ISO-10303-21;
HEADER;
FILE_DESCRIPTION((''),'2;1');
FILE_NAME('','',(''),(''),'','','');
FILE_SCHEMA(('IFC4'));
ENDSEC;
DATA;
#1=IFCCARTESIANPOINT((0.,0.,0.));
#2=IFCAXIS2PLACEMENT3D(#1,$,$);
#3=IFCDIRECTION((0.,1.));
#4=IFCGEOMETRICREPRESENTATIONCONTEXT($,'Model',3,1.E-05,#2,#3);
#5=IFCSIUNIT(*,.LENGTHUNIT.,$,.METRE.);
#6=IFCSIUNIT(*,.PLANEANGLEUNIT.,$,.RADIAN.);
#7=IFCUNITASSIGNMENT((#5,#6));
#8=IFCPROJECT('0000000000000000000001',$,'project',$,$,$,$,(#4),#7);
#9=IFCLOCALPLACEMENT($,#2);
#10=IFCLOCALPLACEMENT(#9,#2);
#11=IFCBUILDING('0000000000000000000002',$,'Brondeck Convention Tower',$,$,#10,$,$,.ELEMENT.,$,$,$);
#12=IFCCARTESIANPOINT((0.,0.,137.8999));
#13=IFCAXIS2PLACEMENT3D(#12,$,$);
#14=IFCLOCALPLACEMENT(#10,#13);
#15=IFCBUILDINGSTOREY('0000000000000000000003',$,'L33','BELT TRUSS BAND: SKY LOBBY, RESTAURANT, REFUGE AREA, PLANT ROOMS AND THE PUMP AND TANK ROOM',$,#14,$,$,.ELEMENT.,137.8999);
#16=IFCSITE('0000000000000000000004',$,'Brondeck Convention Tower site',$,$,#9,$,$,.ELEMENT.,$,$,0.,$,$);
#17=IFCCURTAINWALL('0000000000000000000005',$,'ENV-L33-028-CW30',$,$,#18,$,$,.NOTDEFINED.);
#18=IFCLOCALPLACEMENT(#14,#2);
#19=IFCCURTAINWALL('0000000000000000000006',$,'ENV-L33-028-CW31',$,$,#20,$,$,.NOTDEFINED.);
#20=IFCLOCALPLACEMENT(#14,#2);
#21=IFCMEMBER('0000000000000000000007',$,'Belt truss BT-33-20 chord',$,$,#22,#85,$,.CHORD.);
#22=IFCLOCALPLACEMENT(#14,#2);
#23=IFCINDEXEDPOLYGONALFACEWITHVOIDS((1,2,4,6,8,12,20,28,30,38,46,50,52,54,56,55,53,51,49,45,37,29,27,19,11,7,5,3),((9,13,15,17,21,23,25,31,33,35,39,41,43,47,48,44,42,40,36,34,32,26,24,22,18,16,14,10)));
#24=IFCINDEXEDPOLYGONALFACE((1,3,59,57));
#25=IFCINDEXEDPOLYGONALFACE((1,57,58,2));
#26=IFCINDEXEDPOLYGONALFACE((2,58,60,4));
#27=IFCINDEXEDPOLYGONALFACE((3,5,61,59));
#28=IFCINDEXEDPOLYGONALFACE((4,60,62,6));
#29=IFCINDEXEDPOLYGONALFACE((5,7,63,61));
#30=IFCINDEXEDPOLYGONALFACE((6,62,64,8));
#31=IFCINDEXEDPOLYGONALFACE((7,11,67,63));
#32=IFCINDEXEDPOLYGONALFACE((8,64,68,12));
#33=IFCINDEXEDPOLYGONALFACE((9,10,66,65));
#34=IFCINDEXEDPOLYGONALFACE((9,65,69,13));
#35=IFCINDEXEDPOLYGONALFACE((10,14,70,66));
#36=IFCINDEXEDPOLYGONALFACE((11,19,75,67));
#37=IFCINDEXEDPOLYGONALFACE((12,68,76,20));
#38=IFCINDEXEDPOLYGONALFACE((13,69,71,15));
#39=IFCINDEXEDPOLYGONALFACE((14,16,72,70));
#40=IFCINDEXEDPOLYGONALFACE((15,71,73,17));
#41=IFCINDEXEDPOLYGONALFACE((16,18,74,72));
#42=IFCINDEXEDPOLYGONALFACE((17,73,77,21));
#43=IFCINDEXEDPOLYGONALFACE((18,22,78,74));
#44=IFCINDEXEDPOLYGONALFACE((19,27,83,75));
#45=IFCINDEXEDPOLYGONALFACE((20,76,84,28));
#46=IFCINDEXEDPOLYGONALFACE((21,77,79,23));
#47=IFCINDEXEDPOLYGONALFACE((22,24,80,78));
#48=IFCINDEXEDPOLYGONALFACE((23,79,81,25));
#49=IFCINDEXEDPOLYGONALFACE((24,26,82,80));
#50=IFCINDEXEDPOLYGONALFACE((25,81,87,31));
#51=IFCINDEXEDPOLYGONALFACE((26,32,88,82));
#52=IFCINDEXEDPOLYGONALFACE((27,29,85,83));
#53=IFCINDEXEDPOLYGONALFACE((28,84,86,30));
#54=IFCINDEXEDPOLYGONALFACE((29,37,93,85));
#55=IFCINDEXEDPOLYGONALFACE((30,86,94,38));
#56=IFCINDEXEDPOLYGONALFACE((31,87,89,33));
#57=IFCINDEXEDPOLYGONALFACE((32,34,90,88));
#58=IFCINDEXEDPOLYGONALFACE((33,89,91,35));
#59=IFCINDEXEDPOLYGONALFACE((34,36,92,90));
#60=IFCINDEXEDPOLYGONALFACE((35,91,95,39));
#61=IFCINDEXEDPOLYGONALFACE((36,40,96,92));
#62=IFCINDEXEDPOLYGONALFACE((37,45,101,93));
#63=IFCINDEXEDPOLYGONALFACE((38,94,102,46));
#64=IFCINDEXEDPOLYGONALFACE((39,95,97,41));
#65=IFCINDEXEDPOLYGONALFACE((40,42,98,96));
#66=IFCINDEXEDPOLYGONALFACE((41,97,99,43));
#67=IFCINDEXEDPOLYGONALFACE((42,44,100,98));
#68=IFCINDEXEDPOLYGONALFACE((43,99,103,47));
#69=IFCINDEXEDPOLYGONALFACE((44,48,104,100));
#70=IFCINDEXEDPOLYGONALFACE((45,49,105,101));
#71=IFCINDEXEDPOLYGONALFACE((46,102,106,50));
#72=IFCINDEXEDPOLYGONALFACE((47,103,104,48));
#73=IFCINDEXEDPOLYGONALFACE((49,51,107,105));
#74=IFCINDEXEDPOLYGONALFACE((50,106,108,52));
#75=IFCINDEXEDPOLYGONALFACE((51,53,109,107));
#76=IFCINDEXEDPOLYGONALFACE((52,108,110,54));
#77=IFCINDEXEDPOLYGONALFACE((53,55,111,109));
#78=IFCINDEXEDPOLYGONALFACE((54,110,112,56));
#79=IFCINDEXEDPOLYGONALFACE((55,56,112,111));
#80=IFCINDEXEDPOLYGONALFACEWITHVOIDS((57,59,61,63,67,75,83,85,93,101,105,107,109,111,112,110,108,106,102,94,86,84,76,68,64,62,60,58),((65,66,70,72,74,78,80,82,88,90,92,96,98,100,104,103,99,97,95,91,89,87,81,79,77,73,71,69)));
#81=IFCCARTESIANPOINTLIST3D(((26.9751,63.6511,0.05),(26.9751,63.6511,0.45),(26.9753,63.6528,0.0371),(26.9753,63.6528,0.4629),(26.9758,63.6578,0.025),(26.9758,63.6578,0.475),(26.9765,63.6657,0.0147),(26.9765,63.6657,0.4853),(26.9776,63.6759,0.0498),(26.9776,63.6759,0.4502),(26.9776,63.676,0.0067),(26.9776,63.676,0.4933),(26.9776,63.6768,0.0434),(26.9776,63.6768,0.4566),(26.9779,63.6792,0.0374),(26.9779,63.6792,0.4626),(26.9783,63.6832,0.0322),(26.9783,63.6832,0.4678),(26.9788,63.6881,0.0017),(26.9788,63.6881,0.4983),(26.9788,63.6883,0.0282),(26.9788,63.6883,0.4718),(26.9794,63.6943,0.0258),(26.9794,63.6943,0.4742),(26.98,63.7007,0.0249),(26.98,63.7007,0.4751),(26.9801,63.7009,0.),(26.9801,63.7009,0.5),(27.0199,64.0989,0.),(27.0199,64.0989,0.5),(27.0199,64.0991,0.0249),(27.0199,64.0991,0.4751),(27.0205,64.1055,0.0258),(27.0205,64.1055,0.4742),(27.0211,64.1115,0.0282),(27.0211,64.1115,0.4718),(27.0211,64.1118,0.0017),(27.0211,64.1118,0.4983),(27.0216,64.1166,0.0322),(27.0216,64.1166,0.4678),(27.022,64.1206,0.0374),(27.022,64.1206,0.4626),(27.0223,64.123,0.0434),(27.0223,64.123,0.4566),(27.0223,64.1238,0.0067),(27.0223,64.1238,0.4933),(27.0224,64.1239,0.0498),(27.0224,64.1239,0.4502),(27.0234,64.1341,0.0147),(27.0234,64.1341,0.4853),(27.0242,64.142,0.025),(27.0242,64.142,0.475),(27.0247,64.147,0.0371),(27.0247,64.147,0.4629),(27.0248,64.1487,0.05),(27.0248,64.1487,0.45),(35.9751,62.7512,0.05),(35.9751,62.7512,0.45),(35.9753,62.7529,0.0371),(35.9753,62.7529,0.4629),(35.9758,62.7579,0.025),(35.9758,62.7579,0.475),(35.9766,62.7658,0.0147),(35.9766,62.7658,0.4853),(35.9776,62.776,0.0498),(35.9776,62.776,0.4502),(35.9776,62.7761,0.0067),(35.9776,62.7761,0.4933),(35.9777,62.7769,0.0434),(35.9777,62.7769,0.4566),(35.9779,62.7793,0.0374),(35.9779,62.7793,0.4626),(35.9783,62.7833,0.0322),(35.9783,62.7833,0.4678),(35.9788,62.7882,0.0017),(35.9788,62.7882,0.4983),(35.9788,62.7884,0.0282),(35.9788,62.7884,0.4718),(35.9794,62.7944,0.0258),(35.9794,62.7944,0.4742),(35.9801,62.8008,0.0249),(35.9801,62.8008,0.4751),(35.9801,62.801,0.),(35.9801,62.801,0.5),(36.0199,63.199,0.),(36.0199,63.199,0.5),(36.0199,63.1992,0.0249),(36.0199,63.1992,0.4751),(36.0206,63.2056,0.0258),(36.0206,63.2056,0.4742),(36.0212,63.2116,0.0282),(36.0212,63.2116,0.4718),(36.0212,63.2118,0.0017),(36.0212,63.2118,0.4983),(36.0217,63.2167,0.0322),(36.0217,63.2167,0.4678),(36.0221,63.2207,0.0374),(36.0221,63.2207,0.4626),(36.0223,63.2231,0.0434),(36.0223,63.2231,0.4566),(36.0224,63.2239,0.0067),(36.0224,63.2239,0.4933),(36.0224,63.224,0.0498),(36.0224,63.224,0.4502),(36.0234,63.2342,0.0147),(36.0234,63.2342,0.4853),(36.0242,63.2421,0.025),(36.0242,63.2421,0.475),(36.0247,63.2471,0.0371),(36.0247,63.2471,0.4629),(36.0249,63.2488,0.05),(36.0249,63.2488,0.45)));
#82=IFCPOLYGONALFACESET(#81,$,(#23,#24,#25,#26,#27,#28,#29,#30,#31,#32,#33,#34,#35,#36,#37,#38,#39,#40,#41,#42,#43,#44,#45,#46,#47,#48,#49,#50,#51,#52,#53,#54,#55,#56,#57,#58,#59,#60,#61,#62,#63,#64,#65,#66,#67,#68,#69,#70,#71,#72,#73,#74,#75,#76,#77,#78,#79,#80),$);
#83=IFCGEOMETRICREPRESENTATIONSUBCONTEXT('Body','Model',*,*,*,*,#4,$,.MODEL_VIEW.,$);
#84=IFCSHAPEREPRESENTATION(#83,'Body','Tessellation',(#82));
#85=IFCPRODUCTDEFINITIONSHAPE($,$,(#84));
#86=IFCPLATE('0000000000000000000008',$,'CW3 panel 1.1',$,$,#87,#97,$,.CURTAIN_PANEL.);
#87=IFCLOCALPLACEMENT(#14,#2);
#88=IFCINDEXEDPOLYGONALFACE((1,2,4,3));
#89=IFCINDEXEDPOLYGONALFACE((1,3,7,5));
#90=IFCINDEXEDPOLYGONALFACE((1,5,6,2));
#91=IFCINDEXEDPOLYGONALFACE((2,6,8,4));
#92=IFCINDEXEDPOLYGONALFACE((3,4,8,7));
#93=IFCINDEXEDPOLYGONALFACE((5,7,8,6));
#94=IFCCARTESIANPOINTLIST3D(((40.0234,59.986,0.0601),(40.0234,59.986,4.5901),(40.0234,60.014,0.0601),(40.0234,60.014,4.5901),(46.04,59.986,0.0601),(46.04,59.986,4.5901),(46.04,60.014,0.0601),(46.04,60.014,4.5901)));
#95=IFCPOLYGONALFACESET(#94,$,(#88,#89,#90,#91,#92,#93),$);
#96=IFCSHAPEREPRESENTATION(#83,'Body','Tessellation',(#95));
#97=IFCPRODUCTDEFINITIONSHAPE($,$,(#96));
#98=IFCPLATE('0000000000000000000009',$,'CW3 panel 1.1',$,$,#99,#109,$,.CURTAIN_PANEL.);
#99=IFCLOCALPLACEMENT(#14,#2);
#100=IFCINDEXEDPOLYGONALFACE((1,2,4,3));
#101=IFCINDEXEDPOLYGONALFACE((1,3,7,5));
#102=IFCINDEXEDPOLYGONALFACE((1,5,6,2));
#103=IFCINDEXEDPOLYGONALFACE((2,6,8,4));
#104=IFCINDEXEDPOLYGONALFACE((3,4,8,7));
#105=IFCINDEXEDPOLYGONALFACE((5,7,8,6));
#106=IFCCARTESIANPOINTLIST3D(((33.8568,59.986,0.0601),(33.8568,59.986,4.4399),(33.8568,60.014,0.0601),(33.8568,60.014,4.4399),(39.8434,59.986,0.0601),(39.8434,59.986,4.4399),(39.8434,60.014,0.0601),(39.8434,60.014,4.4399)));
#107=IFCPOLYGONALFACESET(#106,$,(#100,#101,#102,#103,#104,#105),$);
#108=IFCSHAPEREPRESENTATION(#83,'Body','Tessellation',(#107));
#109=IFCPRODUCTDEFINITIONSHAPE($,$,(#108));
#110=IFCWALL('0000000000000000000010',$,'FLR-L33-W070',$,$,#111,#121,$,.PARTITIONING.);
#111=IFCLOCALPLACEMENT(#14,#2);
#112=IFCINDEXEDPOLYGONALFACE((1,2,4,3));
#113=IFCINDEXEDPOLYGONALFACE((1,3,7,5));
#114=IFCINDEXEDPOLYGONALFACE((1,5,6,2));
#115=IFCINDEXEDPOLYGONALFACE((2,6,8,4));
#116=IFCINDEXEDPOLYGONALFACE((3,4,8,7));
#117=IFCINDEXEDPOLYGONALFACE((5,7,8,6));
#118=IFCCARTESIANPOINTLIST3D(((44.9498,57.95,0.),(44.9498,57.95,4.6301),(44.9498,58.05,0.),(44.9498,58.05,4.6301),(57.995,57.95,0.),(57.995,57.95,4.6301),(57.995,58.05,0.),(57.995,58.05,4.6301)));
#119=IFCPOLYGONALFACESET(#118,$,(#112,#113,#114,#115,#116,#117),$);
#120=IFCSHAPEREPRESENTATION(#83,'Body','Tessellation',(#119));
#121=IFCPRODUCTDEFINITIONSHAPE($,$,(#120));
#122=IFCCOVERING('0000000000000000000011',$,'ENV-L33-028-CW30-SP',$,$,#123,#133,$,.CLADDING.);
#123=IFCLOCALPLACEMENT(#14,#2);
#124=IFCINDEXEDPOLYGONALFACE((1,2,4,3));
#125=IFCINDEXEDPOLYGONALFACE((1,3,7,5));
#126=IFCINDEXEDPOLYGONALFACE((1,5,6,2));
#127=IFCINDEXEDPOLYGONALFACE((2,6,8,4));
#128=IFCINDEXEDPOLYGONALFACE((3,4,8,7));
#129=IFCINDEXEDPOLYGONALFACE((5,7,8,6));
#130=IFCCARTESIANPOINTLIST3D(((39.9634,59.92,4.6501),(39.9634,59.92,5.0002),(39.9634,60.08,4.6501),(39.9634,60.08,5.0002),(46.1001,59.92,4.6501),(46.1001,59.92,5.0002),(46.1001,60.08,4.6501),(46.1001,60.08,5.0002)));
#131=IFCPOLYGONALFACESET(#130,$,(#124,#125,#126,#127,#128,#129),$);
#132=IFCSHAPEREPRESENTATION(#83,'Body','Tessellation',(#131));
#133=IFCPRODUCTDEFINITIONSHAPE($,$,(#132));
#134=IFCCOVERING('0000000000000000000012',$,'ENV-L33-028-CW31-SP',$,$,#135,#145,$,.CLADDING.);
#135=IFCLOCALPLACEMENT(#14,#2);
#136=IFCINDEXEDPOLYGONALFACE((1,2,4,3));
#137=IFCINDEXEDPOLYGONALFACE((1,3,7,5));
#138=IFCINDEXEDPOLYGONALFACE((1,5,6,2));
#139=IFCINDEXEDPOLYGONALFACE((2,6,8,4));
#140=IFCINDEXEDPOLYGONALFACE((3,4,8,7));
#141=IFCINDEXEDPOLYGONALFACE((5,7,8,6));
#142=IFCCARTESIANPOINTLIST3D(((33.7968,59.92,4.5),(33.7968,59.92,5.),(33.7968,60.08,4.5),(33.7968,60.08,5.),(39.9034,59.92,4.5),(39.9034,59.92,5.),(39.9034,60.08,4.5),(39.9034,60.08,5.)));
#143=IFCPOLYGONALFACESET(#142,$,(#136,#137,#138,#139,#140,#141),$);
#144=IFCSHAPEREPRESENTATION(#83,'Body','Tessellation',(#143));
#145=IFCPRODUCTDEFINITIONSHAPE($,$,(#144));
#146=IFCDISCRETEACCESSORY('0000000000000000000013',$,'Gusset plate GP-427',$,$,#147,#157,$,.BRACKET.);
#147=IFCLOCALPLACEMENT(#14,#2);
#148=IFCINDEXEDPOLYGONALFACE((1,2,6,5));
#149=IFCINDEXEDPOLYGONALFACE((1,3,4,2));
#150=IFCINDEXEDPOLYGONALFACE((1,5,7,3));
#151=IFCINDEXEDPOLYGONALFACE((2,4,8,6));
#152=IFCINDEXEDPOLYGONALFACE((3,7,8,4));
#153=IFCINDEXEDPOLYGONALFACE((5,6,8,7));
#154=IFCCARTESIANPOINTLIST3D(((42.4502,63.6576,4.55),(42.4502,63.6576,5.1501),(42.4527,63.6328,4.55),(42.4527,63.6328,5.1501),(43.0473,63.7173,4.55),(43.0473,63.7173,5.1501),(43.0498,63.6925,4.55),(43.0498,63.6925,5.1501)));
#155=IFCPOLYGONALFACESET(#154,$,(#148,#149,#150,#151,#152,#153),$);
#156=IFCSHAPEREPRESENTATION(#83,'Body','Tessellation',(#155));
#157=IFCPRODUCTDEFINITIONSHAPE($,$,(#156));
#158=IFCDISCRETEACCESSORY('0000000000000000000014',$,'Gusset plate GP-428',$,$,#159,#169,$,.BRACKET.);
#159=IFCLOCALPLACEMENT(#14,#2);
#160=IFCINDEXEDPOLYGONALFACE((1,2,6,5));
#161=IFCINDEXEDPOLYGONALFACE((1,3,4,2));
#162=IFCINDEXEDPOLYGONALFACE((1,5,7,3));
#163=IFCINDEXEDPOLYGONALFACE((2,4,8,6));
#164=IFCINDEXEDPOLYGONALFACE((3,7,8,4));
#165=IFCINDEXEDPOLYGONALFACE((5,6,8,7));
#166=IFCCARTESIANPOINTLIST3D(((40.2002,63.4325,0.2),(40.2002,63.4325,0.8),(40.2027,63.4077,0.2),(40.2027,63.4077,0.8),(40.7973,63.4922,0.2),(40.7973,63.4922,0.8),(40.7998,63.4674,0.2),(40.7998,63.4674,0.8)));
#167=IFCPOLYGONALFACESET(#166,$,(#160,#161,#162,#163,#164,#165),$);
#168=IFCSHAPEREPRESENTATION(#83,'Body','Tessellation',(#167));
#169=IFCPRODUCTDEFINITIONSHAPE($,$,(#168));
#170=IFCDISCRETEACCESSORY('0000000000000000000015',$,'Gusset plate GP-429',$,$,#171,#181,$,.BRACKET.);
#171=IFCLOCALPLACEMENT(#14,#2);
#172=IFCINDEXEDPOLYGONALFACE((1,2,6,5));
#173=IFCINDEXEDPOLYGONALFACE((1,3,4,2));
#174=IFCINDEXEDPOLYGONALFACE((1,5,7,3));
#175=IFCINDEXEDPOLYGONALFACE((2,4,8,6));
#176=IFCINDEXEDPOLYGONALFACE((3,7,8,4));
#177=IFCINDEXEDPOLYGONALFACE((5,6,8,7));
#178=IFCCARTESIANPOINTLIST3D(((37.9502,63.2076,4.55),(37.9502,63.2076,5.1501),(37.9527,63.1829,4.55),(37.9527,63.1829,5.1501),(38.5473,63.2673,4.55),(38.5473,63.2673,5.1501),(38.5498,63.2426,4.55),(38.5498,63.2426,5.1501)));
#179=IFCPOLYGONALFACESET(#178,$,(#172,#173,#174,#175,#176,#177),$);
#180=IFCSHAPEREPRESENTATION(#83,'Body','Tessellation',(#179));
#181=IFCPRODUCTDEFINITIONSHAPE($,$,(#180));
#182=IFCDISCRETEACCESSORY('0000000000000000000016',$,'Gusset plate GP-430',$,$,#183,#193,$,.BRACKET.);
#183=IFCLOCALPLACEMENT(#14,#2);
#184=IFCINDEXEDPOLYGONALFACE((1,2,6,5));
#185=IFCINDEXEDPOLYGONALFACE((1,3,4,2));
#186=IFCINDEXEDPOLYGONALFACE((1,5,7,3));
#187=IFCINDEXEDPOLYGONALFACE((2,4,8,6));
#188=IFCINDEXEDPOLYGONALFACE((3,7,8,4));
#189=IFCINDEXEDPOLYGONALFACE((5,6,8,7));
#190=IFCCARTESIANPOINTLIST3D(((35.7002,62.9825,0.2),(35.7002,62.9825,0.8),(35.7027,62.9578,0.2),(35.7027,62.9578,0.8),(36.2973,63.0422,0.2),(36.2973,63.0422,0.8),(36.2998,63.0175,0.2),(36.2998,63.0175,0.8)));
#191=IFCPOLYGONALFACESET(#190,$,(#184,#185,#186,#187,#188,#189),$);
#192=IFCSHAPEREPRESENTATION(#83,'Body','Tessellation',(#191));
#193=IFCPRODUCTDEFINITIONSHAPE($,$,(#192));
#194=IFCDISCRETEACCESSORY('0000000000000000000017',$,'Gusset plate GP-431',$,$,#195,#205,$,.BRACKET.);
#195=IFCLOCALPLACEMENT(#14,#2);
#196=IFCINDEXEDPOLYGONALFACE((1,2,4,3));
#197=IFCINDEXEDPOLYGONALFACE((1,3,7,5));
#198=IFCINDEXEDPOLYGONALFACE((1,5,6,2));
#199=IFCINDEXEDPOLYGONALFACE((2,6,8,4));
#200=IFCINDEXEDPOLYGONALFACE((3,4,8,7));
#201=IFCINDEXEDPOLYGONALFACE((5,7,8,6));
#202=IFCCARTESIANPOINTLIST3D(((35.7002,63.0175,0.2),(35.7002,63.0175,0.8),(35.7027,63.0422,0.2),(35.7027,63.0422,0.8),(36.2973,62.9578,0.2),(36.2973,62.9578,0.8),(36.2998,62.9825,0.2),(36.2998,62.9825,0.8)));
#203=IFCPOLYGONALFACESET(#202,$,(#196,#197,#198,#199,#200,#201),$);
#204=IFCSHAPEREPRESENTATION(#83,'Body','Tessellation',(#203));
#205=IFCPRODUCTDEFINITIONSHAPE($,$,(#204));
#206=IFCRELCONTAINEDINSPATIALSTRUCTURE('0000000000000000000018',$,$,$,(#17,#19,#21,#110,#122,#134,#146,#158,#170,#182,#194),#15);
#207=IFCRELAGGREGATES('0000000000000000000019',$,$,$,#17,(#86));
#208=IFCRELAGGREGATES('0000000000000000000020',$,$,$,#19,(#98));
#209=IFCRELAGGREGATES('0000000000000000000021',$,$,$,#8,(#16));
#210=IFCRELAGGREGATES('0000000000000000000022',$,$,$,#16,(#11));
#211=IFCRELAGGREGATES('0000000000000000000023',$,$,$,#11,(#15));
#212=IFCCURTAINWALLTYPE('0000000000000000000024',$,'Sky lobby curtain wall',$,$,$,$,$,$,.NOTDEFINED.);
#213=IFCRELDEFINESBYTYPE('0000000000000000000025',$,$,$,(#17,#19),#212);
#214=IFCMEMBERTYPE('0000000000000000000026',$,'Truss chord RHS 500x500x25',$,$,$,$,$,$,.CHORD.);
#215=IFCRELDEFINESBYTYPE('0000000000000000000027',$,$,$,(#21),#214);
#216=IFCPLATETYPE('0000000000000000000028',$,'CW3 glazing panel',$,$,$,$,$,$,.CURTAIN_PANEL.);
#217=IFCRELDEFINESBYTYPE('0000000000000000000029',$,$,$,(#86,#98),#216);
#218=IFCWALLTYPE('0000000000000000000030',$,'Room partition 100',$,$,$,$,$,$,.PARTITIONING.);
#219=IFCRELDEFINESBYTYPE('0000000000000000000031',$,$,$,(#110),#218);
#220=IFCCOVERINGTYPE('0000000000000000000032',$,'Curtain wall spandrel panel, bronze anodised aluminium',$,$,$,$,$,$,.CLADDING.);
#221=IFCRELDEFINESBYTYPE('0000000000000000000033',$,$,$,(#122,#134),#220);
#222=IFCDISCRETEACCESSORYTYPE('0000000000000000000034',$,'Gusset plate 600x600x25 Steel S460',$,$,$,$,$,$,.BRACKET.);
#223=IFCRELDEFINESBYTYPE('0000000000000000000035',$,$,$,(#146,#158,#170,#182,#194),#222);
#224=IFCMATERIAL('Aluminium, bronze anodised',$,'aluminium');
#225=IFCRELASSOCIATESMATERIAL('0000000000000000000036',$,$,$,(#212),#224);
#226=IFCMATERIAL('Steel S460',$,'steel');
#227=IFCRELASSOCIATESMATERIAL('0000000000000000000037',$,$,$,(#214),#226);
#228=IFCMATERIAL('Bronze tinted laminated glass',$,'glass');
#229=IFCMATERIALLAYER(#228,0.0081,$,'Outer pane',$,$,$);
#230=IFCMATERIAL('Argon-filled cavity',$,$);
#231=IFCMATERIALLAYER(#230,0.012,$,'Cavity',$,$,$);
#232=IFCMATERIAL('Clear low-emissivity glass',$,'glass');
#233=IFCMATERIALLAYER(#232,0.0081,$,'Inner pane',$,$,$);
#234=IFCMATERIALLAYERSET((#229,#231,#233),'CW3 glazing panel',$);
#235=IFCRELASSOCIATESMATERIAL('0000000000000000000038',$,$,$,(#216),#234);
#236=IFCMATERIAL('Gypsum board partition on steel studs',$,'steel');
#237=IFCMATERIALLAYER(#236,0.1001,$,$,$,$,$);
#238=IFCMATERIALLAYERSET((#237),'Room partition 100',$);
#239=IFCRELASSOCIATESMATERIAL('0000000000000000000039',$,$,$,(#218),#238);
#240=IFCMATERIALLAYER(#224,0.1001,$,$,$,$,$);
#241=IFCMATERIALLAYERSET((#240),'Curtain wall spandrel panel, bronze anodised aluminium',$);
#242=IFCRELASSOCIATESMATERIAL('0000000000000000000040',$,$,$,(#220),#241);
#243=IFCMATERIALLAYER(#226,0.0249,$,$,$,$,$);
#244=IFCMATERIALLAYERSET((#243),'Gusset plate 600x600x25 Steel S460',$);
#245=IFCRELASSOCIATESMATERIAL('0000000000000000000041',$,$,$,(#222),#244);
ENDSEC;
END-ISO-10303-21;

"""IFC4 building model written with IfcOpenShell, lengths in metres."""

from ifc_helpers import new_model, si_unit, direction, frame, frame_2d, origin, origin_2d, place, context, subcontext, project, spatial, rectangle, hollow_rectangle, extrude, material, layer, layer_set, material_profile, profile_set, type_object, element, aggregate, save


model = new_model("IFC4")

# Units and contexts
model_context = context("Model", 3, precision=1e-05, world=origin(), true_north=direction((0.0, 1.0)))
body_context = subcontext(model_context, "Body", "Model", "MODEL_VIEW")
ifc_project = project(units=[si_unit("LENGTHUNIT", "METRE"), si_unit("PLANEANGLEUNIT", "RADIAN")], contexts=[model_context])

# Site, building, storey
site_placement = place(None, origin())
site = spatial("IfcSite", under=ifc_project, at=site_placement, Name="Brondeck Convention Tower site", CompositionType="ELEMENT", RefElevation=0.0)
building_placement = place(site_placement, origin())
building = spatial("IfcBuilding", under=site, at=building_placement, Name="Brondeck Convention Tower", CompositionType="ELEMENT")
storey_placement = place(building_placement, frame((0.0, 0.0, 137.8999)))
storey = spatial("IfcBuildingStorey", under=building, at=storey_placement, Name="L33", Description="BELT TRUSS BAND: SKY LOBBY, RESTAURANT, REFUGE AREA, PLANT ROOMS AND THE PUMP AND TANK ROOM", CompositionType="ELEMENT", Elevation=137.8999)

# Curtain wall
ifc_material_1 = material(Name="Aluminium, bronze anodised", Category="aluminium")
curtain_wall_type = type_object("IfcCurtainWallType", Name="Sky lobby curtain wall", PredefinedType="NOTDEFINED", material=ifc_material_1)
curtain_wall_1_placement = place(storey_placement, origin())
curtain_wall_1 = element("IfcCurtainWall", 1, at=curtain_wall_1_placement, inside=storey, type_object=curtain_wall_type, Name="ENV-L33-028-CW30", PredefinedType="NOTDEFINED")

# Curtain wall
curtain_wall_2_placement = place(storey_placement, origin())
curtain_wall_2 = element("IfcCurtainWall", 2, at=curtain_wall_2_placement, inside=storey, type_object=curtain_wall_type, Name="ENV-L33-028-CW31", PredefinedType="NOTDEFINED")

# Shared definitions
ifc_material_2 = material(Name="Steel S460", Category="steel")

# Member
ifc_material_profile_1 = material_profile(ifc_material_2, hollow_rectangle(XDim=0.5, YDim=0.5, WallThickness=0.0249, InnerFilletRadius=0.0249, OuterFilletRadius=0.05, at=origin_2d()), Name="RHS 500x500x25")
ifc_profile_set_1 = profile_set([ifc_material_profile_1], Name="Steel S460")
member_type_1 = type_object("IfcMemberType", Name="Truss chord RHS 500x500x25", PredefinedType="CHORD", material=ifc_profile_set_1)
member_1_placement = place(storey_placement, frame((36.0, 63.0, 0.25), z_axis=(-0.995038, 0.099493, 0.0), x_axis=(-0.099493, -0.995038, 0.0)))
element("IfcMember", 3, at=member_1_placement, inside=storey, type_object=member_type_1, Name="Belt truss BT-33-20 chord", PredefinedType="CHORD", context=body_context, shape_type="SweptSolid", body=[
    extrude(hollow_rectangle(XDim=0.5, YDim=0.5, WallThickness=0.0249, InnerFilletRadius=0.0249, OuterFilletRadius=0.05, at=origin_2d()), origin(), (0.0, 0.0, 1.0), 9.0449),
])

# Plates
ifc_material_3 = material(Name="Bronze tinted laminated glass", Category="glass")
ifc_layer_1 = layer(ifc_material_3, 0.0081, Name="Outer pane")
ifc_material_4 = material(Name="Argon-filled cavity")
ifc_layer_2 = layer(ifc_material_4, 0.012, Name="Cavity")
ifc_material_5 = material(Name="Clear low-emissivity glass", Category="glass")
ifc_layer_3 = layer(ifc_material_5, 0.0081, Name="Inner pane")
ifc_layer_set_1 = layer_set([ifc_layer_1, ifc_layer_2, ifc_layer_3], Name="CW3 glazing panel")
plate_type = type_object("IfcPlateType", Name="CW3 glazing panel", PredefinedType="CURTAIN_PANEL", material=ifc_layer_set_1)
plate_1_placement = place(storey_placement, frame((43.0317, 60.0, 0.0601), z_axis=(0.0, 0.0, 1.0), x_axis=(1.0, 0.0, 0.0)))
plate_1 = element("IfcPlate", 4, at=plate_1_placement, type_object=plate_type, Name="CW3 panel 1.1", PredefinedType="CURTAIN_PANEL", context=body_context, shape_type="SweptSolid", body=[
    extrude(rectangle(XDim=6.0166, YDim=0.0281, at=origin_2d()), origin(), (0.0, 0.0, 1.0), 4.53),
])
aggregate(curtain_wall_1, [plate_1])
plate_2_placement = place(storey_placement, frame((36.8501, 60.0, 0.0601), z_axis=(0.0, 0.0, 1.0), x_axis=(1.0, 0.0, 0.0)))
plate_2 = element("IfcPlate", 5, at=plate_2_placement, type_object=plate_type, Name="CW3 panel 1.1", PredefinedType="CURTAIN_PANEL", context=body_context, shape_type="SweptSolid", body=[
    extrude(rectangle(XDim=5.9866, YDim=0.0281, at=origin_2d()), origin(), (0.0, 0.0, 1.0), 4.3799),
])
aggregate(curtain_wall_2, [plate_2])

# Wall
ifc_material_6 = material(Name="Gypsum board partition on steel studs", Category="steel")
ifc_layer_4 = layer(ifc_material_6, 0.1001)
ifc_layer_set_2 = layer_set([ifc_layer_4], Name="Room partition 100")
wall_type = type_object("IfcWallType", Name="Room partition 100", PredefinedType="PARTITIONING", material=ifc_layer_set_2)
wall_placement = place(storey_placement, frame((44.95, 58.0, 0.0), z_axis=(0.0, 0.0, 1.0), x_axis=(1.0, 0.0, 0.0)))
element("IfcWall", 6, at=wall_placement, inside=storey, type_object=wall_type, Name="FLR-L33-W070", PredefinedType="PARTITIONING", context=body_context, shape_type="SweptSolid", body=[
    extrude(rectangle(XDim=13.0452, YDim=0.1001, at=frame_2d((6.5225, 0.0))), origin(), (0.0, 0.0, 1.0), 4.6301),
])

# Coverings
ifc_layer_5 = layer(ifc_material_1, 0.1001)
ifc_layer_set_3 = layer_set([ifc_layer_5], Name="Curtain wall spandrel panel, bronze anodised aluminium")
covering_type = type_object("IfcCoveringType", Name="Curtain wall spandrel panel, bronze anodised aluminium", PredefinedType="CLADDING", material=ifc_layer_set_3)
covering_1_placement = place(storey_placement, frame((43.0317, 60.0, 4.6501), z_axis=(0.0, 0.0, 1.0), x_axis=(1.0, 0.0, 0.0)))
element("IfcCovering", 7, at=covering_1_placement, inside=storey, type_object=covering_type, Name="ENV-L33-028-CW30-SP", PredefinedType="CLADDING", context=body_context, shape_type="SweptSolid", body=[
    extrude(rectangle(XDim=6.1367, YDim=0.1599, at=origin_2d()), origin(), (0.0, 0.0, 1.0), 0.3501),
])
covering_2_placement = place(storey_placement, frame((36.8501, 60.0, 4.5), z_axis=(0.0, 0.0, 1.0), x_axis=(1.0, 0.0, 0.0)))
element("IfcCovering", 8, at=covering_2_placement, inside=storey, type_object=covering_type, Name="ENV-L33-028-CW31-SP", PredefinedType="CLADDING", context=body_context, shape_type="SweptSolid", body=[
    extrude(rectangle(XDim=6.1067, YDim=0.1599, at=origin_2d()), origin(), (0.0, 0.0, 1.0), 0.5),
])

# Discrete accessories
ifc_layer_6 = layer(ifc_material_2, 0.0249)
ifc_layer_set_4 = layer_set([ifc_layer_6], Name="Gusset plate 600x600x25 Steel S460")
discrete_accessory_type = type_object("IfcDiscreteAccessoryType", Name="Gusset plate 600x600x25 Steel S460", PredefinedType="BRACKET", material=ifc_layer_set_4)
for number, where, z_axis, x_axis, name in (
    (9, (42.75, 63.675, 4.55), (0.0, 0.0, 1.0), (0.995036, 0.099511, 0.0), "Gusset plate GP-427"),
    (10, (40.5, 63.45, 0.2), (0.0, 0.0, 1.0), (0.995036, 0.099511, 0.0), "Gusset plate GP-428"),
    (11, (38.25, 63.2251, 4.55), (0.0, 0.0, 1.0), (0.995036, 0.099511, 0.0), "Gusset plate GP-429"),
    (12, (36.0, 63.0, 0.2), (0.0, 0.0, 1.0), (0.995036, 0.099511, 0.0), "Gusset plate GP-430"),
    (13, (36.0, 63.0, 0.2), (0.0, 0.0, 1.0), (-0.995036, 0.099511, 0.0), "Gusset plate GP-431"),
):
    element("IfcDiscreteAccessory", number, at=place(storey_placement, frame(where, z_axis=z_axis, x_axis=x_axis)), inside=storey, type_object=discrete_accessory_type, Name=name, PredefinedType="BRACKET", context=body_context, shape_type="SweptSolid", body=[
        extrude(rectangle(XDim=0.6001, YDim=0.0249, at=origin_2d()), origin(), (0.0, 0.0, 1.0), 0.6001),
    ])

save(model, "model.ifc")
